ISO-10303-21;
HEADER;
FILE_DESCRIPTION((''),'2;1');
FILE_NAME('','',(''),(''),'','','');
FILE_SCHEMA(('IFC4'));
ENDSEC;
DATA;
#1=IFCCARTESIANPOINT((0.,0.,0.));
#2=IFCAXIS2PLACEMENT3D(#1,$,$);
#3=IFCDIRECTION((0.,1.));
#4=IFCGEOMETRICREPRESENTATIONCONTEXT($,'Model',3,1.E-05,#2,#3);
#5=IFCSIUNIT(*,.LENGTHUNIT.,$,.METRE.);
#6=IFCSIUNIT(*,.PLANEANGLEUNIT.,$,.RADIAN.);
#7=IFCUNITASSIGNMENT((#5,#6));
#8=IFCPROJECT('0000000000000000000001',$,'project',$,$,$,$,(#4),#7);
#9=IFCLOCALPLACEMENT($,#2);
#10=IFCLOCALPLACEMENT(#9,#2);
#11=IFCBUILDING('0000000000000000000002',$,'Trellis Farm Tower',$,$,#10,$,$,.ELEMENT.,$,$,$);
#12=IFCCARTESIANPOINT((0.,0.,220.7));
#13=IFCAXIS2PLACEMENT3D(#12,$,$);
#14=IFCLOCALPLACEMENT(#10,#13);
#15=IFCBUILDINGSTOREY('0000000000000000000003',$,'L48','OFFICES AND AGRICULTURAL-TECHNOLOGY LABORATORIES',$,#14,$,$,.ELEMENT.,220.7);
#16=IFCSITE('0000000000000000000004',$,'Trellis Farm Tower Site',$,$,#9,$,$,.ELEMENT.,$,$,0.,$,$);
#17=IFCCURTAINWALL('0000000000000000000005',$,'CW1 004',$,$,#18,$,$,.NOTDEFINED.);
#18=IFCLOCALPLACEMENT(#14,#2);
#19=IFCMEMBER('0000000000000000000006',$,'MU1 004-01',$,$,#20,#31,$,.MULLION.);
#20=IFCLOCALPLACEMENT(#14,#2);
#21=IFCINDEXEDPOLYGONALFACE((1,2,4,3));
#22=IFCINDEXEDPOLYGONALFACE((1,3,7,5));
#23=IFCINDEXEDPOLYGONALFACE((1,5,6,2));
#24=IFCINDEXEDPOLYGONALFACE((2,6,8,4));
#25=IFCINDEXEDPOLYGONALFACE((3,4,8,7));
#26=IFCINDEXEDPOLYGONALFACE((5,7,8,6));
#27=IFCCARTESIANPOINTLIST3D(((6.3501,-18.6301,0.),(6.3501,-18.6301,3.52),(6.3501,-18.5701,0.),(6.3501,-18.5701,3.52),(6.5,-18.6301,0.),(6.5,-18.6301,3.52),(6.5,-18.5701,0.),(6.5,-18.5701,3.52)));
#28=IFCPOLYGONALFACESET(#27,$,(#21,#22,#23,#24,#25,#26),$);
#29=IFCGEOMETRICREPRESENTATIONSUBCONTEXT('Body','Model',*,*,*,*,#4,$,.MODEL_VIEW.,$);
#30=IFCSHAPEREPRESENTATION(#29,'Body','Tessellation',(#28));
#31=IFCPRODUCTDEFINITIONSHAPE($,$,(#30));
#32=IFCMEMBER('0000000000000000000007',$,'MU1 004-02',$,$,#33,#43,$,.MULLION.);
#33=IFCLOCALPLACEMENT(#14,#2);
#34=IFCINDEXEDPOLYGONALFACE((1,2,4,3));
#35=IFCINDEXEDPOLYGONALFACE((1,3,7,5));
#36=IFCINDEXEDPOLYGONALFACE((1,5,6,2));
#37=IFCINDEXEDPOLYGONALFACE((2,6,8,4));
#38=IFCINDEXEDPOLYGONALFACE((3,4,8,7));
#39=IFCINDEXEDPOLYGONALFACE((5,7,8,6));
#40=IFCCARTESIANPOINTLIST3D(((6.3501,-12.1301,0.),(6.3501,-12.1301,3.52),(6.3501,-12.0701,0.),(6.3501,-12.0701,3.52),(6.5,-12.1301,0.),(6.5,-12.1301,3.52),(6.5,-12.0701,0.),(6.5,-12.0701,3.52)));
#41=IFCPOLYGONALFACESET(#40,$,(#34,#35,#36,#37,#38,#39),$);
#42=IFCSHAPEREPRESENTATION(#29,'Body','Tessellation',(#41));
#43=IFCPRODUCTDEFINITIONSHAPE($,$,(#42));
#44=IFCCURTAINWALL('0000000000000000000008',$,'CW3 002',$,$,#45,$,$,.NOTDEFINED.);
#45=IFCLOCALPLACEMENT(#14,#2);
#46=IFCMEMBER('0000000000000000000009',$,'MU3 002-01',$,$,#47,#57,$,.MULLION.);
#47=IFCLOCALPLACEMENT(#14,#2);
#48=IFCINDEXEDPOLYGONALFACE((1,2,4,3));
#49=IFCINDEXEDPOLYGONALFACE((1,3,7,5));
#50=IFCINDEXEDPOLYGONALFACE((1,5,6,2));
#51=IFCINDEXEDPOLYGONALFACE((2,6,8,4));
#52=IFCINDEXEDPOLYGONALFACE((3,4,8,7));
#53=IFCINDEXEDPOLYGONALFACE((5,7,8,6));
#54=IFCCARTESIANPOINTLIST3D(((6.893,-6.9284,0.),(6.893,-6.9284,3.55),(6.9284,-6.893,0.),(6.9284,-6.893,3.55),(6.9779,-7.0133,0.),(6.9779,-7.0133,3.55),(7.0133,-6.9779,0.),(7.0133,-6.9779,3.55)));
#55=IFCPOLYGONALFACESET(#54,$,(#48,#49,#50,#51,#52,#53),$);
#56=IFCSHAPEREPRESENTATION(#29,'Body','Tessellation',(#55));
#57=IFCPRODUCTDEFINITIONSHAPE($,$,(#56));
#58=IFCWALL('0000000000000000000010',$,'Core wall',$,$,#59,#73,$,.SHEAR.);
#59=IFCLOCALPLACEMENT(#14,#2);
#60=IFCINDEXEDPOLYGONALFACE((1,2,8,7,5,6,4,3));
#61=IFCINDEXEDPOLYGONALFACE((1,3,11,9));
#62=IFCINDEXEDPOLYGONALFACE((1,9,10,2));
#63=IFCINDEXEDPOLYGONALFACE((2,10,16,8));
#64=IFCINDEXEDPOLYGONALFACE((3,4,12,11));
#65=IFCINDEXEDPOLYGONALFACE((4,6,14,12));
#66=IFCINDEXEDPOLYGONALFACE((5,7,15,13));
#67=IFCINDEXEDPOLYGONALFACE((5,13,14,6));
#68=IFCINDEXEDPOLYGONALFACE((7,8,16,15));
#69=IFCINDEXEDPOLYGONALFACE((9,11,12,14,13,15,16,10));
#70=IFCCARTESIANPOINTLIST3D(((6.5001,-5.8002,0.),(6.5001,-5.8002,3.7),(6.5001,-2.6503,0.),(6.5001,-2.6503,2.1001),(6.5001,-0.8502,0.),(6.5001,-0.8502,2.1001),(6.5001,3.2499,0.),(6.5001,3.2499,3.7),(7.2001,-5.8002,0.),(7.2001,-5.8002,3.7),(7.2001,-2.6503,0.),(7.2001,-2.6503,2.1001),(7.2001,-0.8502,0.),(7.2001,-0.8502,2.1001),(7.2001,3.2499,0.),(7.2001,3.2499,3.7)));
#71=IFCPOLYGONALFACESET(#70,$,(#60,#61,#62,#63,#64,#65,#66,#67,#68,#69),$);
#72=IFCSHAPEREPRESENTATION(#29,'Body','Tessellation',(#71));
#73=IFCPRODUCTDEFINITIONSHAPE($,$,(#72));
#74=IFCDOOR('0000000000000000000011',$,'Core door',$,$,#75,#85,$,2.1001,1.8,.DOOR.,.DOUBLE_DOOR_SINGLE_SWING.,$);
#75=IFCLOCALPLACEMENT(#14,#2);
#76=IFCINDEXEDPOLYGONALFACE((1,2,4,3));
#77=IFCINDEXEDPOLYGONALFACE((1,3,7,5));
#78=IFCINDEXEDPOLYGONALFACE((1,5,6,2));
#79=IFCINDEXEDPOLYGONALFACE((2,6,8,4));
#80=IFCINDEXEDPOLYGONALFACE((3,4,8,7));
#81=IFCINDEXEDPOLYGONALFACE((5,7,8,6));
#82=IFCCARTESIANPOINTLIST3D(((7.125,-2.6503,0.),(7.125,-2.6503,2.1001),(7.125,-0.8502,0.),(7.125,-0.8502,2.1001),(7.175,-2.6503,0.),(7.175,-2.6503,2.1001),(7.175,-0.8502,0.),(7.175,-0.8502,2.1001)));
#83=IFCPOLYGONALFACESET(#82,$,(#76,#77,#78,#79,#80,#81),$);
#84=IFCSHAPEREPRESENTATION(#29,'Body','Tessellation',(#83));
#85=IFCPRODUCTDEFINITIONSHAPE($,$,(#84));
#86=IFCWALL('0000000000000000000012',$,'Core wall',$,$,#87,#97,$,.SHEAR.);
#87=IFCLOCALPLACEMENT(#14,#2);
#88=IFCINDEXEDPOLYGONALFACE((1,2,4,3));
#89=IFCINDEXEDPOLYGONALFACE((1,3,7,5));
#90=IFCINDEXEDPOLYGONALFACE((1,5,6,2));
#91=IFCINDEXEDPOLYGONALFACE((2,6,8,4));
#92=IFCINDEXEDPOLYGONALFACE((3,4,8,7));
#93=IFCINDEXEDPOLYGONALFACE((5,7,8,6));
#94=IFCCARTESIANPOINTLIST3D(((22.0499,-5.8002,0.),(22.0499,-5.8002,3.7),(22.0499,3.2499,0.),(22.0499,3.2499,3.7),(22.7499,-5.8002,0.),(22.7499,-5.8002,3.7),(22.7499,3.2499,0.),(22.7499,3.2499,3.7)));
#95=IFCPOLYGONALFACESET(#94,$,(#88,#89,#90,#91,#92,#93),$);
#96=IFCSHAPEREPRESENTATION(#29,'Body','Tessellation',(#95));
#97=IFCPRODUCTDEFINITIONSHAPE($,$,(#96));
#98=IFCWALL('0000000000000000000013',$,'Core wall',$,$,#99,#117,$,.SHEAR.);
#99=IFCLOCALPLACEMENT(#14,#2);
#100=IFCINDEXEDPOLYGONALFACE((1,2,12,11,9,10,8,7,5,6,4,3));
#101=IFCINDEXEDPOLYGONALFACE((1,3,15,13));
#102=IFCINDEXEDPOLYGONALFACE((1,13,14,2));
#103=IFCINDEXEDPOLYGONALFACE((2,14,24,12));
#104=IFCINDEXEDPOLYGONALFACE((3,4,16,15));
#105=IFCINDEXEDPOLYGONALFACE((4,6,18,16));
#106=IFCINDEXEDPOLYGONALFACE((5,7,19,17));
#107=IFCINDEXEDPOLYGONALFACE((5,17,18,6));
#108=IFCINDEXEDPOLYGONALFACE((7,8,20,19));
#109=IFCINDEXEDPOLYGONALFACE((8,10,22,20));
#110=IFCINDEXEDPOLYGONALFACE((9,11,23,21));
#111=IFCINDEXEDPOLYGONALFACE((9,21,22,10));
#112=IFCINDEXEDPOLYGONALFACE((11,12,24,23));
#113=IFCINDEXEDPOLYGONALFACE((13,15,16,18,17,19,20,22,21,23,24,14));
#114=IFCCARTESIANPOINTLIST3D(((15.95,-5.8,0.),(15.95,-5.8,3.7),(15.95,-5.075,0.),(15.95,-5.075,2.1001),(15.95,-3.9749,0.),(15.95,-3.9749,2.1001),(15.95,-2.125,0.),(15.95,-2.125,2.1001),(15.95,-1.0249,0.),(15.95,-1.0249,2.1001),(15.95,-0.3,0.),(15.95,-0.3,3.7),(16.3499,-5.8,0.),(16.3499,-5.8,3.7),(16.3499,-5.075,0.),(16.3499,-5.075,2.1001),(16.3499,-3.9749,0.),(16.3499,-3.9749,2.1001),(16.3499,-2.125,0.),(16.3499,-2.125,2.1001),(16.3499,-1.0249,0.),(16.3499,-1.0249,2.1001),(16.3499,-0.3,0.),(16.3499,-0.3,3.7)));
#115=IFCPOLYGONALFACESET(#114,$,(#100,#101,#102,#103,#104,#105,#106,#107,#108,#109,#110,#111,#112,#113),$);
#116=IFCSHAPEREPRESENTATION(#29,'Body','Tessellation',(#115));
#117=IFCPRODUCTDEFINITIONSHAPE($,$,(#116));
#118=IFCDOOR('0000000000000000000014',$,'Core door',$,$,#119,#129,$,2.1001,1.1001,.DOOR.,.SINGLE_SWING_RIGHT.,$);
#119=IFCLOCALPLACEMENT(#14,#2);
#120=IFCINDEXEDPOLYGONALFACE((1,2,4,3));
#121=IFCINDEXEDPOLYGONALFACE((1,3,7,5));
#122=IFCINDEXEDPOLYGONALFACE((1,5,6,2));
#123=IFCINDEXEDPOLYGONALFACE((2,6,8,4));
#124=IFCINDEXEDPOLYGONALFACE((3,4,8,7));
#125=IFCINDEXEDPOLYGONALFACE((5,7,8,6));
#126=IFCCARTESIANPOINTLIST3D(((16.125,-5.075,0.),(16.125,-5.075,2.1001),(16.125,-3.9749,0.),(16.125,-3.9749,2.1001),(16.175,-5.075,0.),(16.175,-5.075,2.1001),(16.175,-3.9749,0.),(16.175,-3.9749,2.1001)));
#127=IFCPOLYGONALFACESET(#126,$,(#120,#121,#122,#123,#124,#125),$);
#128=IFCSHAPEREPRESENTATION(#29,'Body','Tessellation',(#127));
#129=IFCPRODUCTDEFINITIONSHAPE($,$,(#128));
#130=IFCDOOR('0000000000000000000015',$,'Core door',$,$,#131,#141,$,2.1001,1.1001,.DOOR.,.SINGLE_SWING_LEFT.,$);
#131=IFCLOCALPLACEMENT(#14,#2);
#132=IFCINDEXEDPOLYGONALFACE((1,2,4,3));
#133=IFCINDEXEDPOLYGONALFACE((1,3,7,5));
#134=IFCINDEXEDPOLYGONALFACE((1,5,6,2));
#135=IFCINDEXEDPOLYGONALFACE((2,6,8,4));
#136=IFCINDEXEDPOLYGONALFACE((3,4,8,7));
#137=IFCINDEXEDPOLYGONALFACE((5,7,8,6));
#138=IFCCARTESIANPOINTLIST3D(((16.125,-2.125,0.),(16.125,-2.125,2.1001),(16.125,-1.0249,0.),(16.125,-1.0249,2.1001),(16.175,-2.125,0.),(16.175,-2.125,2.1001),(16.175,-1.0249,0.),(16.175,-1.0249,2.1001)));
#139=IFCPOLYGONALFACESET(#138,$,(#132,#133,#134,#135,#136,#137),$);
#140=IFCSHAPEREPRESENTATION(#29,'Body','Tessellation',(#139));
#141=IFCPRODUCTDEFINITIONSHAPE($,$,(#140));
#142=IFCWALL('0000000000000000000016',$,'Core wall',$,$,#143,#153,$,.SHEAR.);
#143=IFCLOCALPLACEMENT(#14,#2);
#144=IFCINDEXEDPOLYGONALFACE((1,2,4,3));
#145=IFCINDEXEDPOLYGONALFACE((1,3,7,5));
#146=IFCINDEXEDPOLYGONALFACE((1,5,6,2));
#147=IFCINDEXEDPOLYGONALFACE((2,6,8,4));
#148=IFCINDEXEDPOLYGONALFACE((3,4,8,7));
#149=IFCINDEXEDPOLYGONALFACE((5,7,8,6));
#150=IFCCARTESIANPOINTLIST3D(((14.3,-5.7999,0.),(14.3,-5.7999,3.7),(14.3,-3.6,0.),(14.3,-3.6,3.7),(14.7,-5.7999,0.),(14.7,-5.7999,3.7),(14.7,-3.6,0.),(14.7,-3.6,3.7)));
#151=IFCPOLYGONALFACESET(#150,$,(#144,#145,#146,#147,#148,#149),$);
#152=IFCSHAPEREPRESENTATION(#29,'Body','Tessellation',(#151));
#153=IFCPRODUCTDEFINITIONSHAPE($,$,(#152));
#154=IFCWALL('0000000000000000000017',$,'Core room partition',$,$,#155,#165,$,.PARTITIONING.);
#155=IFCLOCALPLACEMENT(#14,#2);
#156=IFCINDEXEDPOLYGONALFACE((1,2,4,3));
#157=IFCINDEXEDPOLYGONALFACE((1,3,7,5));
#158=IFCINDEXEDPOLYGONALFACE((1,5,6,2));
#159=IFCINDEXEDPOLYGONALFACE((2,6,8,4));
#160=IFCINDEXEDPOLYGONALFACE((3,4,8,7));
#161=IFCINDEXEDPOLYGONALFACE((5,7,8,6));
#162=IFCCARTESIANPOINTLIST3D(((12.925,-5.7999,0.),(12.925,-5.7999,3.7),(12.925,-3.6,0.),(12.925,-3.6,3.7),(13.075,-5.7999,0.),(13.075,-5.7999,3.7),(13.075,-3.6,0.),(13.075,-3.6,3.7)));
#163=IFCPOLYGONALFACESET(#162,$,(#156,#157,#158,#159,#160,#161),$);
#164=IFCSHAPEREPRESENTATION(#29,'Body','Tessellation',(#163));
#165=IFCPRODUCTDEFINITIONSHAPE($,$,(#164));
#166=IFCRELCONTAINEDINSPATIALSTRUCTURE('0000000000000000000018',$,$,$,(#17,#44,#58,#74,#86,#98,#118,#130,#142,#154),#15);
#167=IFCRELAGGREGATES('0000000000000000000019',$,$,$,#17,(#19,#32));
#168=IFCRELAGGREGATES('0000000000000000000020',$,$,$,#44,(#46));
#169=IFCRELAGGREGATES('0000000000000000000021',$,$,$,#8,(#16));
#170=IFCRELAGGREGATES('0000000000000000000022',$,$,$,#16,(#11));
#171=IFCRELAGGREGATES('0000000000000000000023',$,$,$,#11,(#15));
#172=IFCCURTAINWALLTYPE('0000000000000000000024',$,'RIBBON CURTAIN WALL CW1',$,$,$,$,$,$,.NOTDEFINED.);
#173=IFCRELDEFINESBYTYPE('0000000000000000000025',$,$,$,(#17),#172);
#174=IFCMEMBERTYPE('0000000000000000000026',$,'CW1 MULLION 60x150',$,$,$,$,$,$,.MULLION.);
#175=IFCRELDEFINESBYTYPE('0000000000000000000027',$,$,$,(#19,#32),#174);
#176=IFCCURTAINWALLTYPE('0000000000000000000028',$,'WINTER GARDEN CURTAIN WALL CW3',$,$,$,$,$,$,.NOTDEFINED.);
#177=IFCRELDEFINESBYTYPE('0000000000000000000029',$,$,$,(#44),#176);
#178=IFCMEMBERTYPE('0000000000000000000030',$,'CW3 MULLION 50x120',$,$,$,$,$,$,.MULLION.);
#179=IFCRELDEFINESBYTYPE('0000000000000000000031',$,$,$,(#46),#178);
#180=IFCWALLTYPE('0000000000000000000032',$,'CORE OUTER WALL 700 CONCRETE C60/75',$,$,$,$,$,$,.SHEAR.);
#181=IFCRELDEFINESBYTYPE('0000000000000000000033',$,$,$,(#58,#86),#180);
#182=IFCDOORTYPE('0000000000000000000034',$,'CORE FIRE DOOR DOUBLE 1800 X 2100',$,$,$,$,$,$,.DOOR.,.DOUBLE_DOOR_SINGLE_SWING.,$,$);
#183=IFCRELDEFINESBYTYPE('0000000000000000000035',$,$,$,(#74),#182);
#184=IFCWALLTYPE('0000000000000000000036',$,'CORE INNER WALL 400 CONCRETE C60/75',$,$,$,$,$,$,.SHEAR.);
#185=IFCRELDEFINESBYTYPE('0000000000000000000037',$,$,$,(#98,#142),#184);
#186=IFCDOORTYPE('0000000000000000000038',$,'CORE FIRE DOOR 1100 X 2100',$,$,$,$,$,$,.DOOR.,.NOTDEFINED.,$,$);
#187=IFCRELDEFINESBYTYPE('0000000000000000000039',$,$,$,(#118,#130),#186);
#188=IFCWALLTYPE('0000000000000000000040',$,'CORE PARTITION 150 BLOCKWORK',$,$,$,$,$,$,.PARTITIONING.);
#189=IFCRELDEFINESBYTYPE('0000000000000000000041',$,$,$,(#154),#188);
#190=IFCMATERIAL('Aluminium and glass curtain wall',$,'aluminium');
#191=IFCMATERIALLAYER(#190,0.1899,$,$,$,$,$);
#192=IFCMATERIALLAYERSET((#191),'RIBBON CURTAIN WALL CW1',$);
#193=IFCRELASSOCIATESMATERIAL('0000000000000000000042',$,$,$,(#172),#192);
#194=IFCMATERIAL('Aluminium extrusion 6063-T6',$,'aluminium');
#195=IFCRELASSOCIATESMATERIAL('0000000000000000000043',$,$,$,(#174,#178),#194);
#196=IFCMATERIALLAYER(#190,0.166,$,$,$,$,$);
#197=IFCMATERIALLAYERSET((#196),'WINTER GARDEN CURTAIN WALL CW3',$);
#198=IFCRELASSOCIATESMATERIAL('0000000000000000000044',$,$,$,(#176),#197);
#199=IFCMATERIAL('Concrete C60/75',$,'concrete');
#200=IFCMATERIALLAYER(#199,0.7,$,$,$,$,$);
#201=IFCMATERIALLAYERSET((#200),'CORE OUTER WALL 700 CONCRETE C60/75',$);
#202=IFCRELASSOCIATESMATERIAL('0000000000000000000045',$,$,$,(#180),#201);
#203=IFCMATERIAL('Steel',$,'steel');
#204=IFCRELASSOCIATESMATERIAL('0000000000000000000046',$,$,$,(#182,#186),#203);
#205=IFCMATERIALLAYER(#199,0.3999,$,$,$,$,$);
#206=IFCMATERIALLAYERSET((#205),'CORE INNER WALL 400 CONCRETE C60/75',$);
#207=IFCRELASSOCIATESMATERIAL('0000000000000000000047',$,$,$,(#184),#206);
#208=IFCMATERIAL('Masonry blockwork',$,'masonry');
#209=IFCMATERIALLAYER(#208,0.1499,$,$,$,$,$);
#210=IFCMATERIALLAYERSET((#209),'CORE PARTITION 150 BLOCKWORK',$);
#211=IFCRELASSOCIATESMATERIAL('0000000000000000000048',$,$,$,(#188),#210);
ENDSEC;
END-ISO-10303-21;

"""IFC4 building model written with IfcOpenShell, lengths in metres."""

from ifc_helpers import new_model, si_unit, direction, frame, frame_2d, origin, origin_2d, place, context, subcontext, project, spatial, rectangle, extrude, source, transform, mapped, material, layer, layer_set, material_profile, profile_set, type_object, element, fill, aggregate, save


model = new_model("IFC4")

# Units and contexts
model_context = context("Model", 3, precision=1e-05, world=origin(), true_north=direction((0.0, 1.0)))
body_context = subcontext(model_context, "Body", "Model", "MODEL_VIEW")
ifc_project = project(units=[si_unit("LENGTHUNIT", "METRE"), si_unit("PLANEANGLEUNIT", "RADIAN")], contexts=[model_context])

# Site, building, storey
site_placement = place(None, origin())
site = spatial("IfcSite", under=ifc_project, at=site_placement, Name="Trellis Farm Tower Site", CompositionType="ELEMENT", RefElevation=0.0)
building_placement = place(site_placement, origin())
building = spatial("IfcBuilding", under=site, at=building_placement, Name="Trellis Farm Tower", CompositionType="ELEMENT")
storey_placement = place(building_placement, frame((0.0, 0.0, 220.7)))
storey = spatial("IfcBuildingStorey", under=building, at=storey_placement, Name="L48", Description="OFFICES AND AGRICULTURAL-TECHNOLOGY LABORATORIES", CompositionType="ELEMENT", Elevation=220.7)

# Shared definitions
ifc_material_1 = material(Name="Concrete C60/75", Category="concrete")

# Shared definitions
ifc_material_2 = material(Name="Aluminium and glass curtain wall", Category="aluminium")
ifc_layer_1 = layer(ifc_material_2, 0.1899)
ifc_layer_set_1 = layer_set([ifc_layer_1], Name="RIBBON CURTAIN WALL CW1")
curtain_wall_type_1 = type_object("IfcCurtainWallType", Name="RIBBON CURTAIN WALL CW1", PredefinedType="NOTDEFINED", material=ifc_layer_set_1)
placement = place(storey_placement, origin())
ifc_material_3 = material(Name="Aluminium extrusion 6063-T6", Category="aluminium")
ifc_material_profile_1 = material_profile(ifc_material_3, rectangle(XDim=0.0601, YDim=0.1499, at=origin_2d()), Name="MULLION 60x150")
ifc_profile_set_1 = profile_set([ifc_material_profile_1], Name="Aluminium extrusion 6063-T6")
member_type_1 = type_object("IfcMemberType", Name="CW1 MULLION 60x150", PredefinedType="MULLION", material=ifc_profile_set_1)
shared_shape_1 = source(origin(), body_context, "Body", "SweptSolid", [
    extrude(rectangle(XDim=0.0601, YDim=0.1499, at=origin_2d()), origin(), (0.0, 0.0, 1.0), 3.52),
])

# Curtain wall, members
curtain_wall_1 = element("IfcCurtainWall", 1, at=placement, inside=storey, type_object=curtain_wall_type_1, Name="CW1 004", PredefinedType="NOTDEFINED")
member_1_placement = place(storey_placement, frame((6.425, -18.6001, 0.0), z_axis=(0.0, 0.0, 1.0), x_axis=(0.0, 1.0, 0.0)))
member_1 = element("IfcMember", 2, at=member_1_placement, type_object=member_type_1, Name="MU1 004-01", PredefinedType="MULLION", context=body_context, shape_type="MappedRepresentation", body=[
    mapped(shared_shape_1, transform((0.0, 0.0, 0.0))),
])
member_2_placement = place(storey_placement, frame((6.425, -12.1001, 0.0), z_axis=(0.0, 0.0, 1.0), x_axis=(0.0, 1.0, 0.0)))
member_2 = element("IfcMember", 3, at=member_2_placement, type_object=member_type_1, Name="MU1 004-02", PredefinedType="MULLION", context=body_context, shape_type="MappedRepresentation", body=[
    mapped(shared_shape_1, transform((0.0, 0.0, 0.0))),
])
aggregate(curtain_wall_1, [member_1, member_2])

# Curtain wall, member
ifc_layer_2 = layer(ifc_material_2, 0.166)
ifc_layer_set_2 = layer_set([ifc_layer_2], Name="WINTER GARDEN CURTAIN WALL CW3")
curtain_wall_type_2 = type_object("IfcCurtainWallType", Name="WINTER GARDEN CURTAIN WALL CW3", PredefinedType="NOTDEFINED", material=ifc_layer_set_2)
curtain_wall_2 = element("IfcCurtainWall", 4, at=placement, inside=storey, type_object=curtain_wall_type_2, Name="CW3 002", PredefinedType="NOTDEFINED")
ifc_material_profile_2 = material_profile(ifc_material_3, rectangle(XDim=0.05, YDim=0.1201, at=origin_2d()), Name="MULLION 50x120")
ifc_profile_set_2 = profile_set([ifc_material_profile_2], Name="Aluminium extrusion 6063-T6")
member_type_2 = type_object("IfcMemberType", Name="CW3 MULLION 50x120", PredefinedType="MULLION", material=ifc_profile_set_2)
shared_shape_2 = source(origin(), body_context, "Body", "SweptSolid", [
    extrude(rectangle(XDim=0.05, YDim=0.1201, at=origin_2d()), origin(), (0.0, 0.0, 1.0), 3.55),
])
member_3_placement = place(storey_placement, frame((6.9531, -6.9531, 0.0), z_axis=(0.0, 0.0, 1.0), x_axis=(0.707107, 0.707107, 0.0)))
member_3 = element("IfcMember", 5, at=member_3_placement, type_object=member_type_2, Name="MU3 002-01", PredefinedType="MULLION", context=body_context, shape_type="MappedRepresentation", body=[
    mapped(shared_shape_2, transform((0.0, 0.0, 0.0))),
])
aggregate(curtain_wall_2, [member_3])

# Wall, opening, door
ifc_layer_3 = layer(ifc_material_1, 0.7)
ifc_layer_set_3 = layer_set([ifc_layer_3], Name="CORE OUTER WALL 700 CONCRETE C60/75")
wall_type_1 = type_object("IfcWallType", Name="CORE OUTER WALL 700 CONCRETE C60/75", PredefinedType="SHEAR", material=ifc_layer_set_3)
shared_shape_3 = source(origin(), body_context, "Body", "SweptSolid", [
    extrude(rectangle(XDim=9.05, YDim=0.7, at=frame_2d((4.5249, 0.0))), origin(), (0.0, 0.0, 1.0), 3.7),
])
wall_1_placement = place(storey_placement, frame((6.8501, -5.8, 0.0), z_axis=(0.0, 0.0, 1.0), x_axis=(0.0, 1.0, 0.0)))
wall_1 = element("IfcWall", 6, at=wall_1_placement, inside=storey, type_object=wall_type_1, Name="Core wall", PredefinedType="SHEAR", context=body_context, shape_type="MappedRepresentation", body=[
    mapped(shared_shape_3, transform((0.0, 0.0, 0.0))),
])
shared_shape_4 = source(origin(), body_context, "Body", "SweptSolid", [
    extrude(rectangle(XDim=1.8, YDim=2.1001, at=frame_2d((0.8999, 1.05))), frame((0.0, 0.3601, 0.0), z_axis=(0.0, -1.0, 0.0), x_axis=(1.0, 0.0, 0.0)), (0.0, 0.0, 1.0), 0.7202),
])
opening_1_placement = place(wall_1_placement, frame((3.1499, 0.0, 0.0)))
opening_1 = element("IfcOpeningElement", 7, at=opening_1_placement, cuts=wall_1, PredefinedType="OPENING", context=body_context, shape_type="MappedRepresentation", body=[
    mapped(shared_shape_4, transform((0.0, 0.0, 0.0))),
])
ifc_material_4 = material(Name="Steel", Category="steel")
door_type_1 = type_object("IfcDoorType", Name="CORE FIRE DOOR DOUBLE 1800 X 2100", OperationType="DOUBLE_DOOR_SINGLE_SWING", PredefinedType="DOOR", material=ifc_material_4)
shared_shape_5 = source(origin(), body_context, "Body", "SweptSolid", [
    extrude(rectangle(XDim=1.8, YDim=2.1001, at=frame_2d((0.8999, 1.05))), frame((0.0, -0.2749, 0.0), z_axis=(0.0, -1.0, 0.0), x_axis=(1.0, 0.0, 0.0)), (0.0, 0.0, 1.0), 0.05),
])
door_1_placement = place(opening_1_placement, origin())
door_1 = element("IfcDoor", 8, at=door_1_placement, inside=storey, type_object=door_type_1, Name="Core door", OperationType="DOUBLE_DOOR_SINGLE_SWING", OverallHeight=2.1001, OverallWidth=1.8, PredefinedType="DOOR", context=body_context, shape_type="MappedRepresentation", body=[
    mapped(shared_shape_5, transform((0.0, 0.0, 0.0))),
])
fill(opening_1, door_1)

# Wall
wall_2_placement = place(storey_placement, frame((22.3999, -5.8, 0.0), z_axis=(0.0, 0.0, 1.0), x_axis=(0.0, 1.0, 0.0)))
element("IfcWall", 9, at=wall_2_placement, inside=storey, type_object=wall_type_1, Name="Core wall", PredefinedType="SHEAR", context=body_context, shape_type="MappedRepresentation", body=[
    mapped(shared_shape_3, transform((0.0, 0.0, 0.0))),
])

# Wall, openings, doors
ifc_layer_4 = layer(ifc_material_1, 0.3999)
ifc_layer_set_4 = layer_set([ifc_layer_4], Name="CORE INNER WALL 400 CONCRETE C60/75")
wall_type_2 = type_object("IfcWallType", Name="CORE INNER WALL 400 CONCRETE C60/75", PredefinedType="SHEAR", material=ifc_layer_set_4)
shared_shape_6 = source(origin(), body_context, "Body", "SweptSolid", [
    extrude(rectangle(XDim=5.5, YDim=0.3999, at=frame_2d((2.75, 0.0))), origin(), (0.0, 0.0, 1.0), 3.7),
])
wall_3_placement = place(storey_placement, frame((16.1499, -5.8, 0.0), z_axis=(0.0, 0.0, 1.0), x_axis=(0.0, 1.0, 0.0)))
wall_3 = element("IfcWall", 10, at=wall_3_placement, inside=storey, type_object=wall_type_2, Name="Core wall", PredefinedType="SHEAR", context=body_context, shape_type="MappedRepresentation", body=[
    mapped(shared_shape_6, transform((0.0, 0.0, 0.0))),
])
shared_shape_7 = source(origin(), body_context, "Body", "SweptSolid", [
    extrude(rectangle(XDim=1.1001, YDim=2.1001, at=frame_2d((0.55, 1.05))), frame((0.0, 0.21, 0.0), z_axis=(0.0, -1.0, 0.0), x_axis=(1.0, 0.0, 0.0)), (0.0, 0.0, 1.0), 0.4199),
])
opening_2_placement = place(wall_3_placement, frame((0.7251, 0.0, 0.0)))
opening_2 = element("IfcOpeningElement", 11, at=opening_2_placement, cuts=wall_3, PredefinedType="OPENING", context=body_context, shape_type="MappedRepresentation", body=[
    mapped(shared_shape_7, transform((0.0, 0.0, 0.0))),
])
opening_3_placement = place(wall_3_placement, frame((3.675, 0.0, 0.0)))
opening_3 = element("IfcOpeningElement", 12, at=opening_3_placement, cuts=wall_3, PredefinedType="OPENING", context=body_context, shape_type="MappedRepresentation", body=[
    mapped(shared_shape_7, transform((0.0, 0.0, 0.0))),
])
door_type_2 = type_object("IfcDoorType", Name="CORE FIRE DOOR 1100 X 2100", OperationType="NOTDEFINED", PredefinedType="DOOR", material=ifc_material_4)
shared_shape_8 = source(origin(), body_context, "Body", "SweptSolid", [
    extrude(rectangle(XDim=1.1001, YDim=2.1001, at=frame_2d((0.55, 1.05))), frame((0.0, 0.0249, 0.0), z_axis=(0.0, -1.0, 0.0), x_axis=(1.0, 0.0, 0.0)), (0.0, 0.0, 1.0), 0.05),
])
door_2_placement = place(opening_2_placement, origin())
door_2 = element("IfcDoor", 13, at=door_2_placement, inside=storey, type_object=door_type_2, Name="Core door", OperationType="SINGLE_SWING_RIGHT", OverallHeight=2.1001, OverallWidth=1.1001, PredefinedType="DOOR", context=body_context, shape_type="MappedRepresentation", body=[
    mapped(shared_shape_8, transform((0.0, 0.0, 0.0))),
])
fill(opening_2, door_2)
door_3_placement = place(opening_3_placement, origin())
door_3 = element("IfcDoor", 14, at=door_3_placement, inside=storey, type_object=door_type_2, Name="Core door", OperationType="SINGLE_SWING_LEFT", OverallHeight=2.1001, OverallWidth=1.1001, PredefinedType="DOOR", context=body_context, shape_type="MappedRepresentation", body=[
    mapped(shared_shape_8, transform((0.0, 0.0, 0.0))),
])
fill(opening_3, door_3)

# Walls
shared_shape_9 = source(origin(), body_context, "Body", "SweptSolid", [
    extrude(rectangle(XDim=2.2, YDim=0.3999, at=frame_2d((1.1001, 0.0))), origin(), (0.0, 0.0, 1.0), 3.7),
])
wall_4_placement = place(storey_placement, frame((14.5, -5.8, 0.0), z_axis=(0.0, 0.0, 1.0), x_axis=(0.0, 1.0, 0.0)))
element("IfcWall", 15, at=wall_4_placement, inside=storey, type_object=wall_type_2, Name="Core wall", PredefinedType="SHEAR", context=body_context, shape_type="MappedRepresentation", body=[
    mapped(shared_shape_9, transform((0.0, 0.0, 0.0))),
])
ifc_material_5 = material(Name="Masonry blockwork", Category="masonry")
ifc_layer_5 = layer(ifc_material_5, 0.1499)
ifc_layer_set_5 = layer_set([ifc_layer_5], Name="CORE PARTITION 150 BLOCKWORK")
wall_type_3 = type_object("IfcWallType", Name="CORE PARTITION 150 BLOCKWORK", PredefinedType="PARTITIONING", material=ifc_layer_set_5)
shared_shape_10 = source(origin(), body_context, "Body", "SweptSolid", [
    extrude(rectangle(XDim=2.2, YDim=0.1499, at=frame_2d((1.1001, 0.0))), origin(), (0.0, 0.0, 1.0), 3.7),
])
wall_5_placement = place(storey_placement, frame((13.0, -5.8, 0.0), z_axis=(0.0, 0.0, 1.0), x_axis=(0.0, 1.0, 0.0)))
element("IfcWall", 16, at=wall_5_placement, inside=storey, type_object=wall_type_3, Name="Core room partition", PredefinedType="PARTITIONING", context=body_context, shape_type="MappedRepresentation", body=[
    mapped(shared_shape_10, transform((0.0, 0.0, 0.0))),
])

save(model, "model.ifc")
